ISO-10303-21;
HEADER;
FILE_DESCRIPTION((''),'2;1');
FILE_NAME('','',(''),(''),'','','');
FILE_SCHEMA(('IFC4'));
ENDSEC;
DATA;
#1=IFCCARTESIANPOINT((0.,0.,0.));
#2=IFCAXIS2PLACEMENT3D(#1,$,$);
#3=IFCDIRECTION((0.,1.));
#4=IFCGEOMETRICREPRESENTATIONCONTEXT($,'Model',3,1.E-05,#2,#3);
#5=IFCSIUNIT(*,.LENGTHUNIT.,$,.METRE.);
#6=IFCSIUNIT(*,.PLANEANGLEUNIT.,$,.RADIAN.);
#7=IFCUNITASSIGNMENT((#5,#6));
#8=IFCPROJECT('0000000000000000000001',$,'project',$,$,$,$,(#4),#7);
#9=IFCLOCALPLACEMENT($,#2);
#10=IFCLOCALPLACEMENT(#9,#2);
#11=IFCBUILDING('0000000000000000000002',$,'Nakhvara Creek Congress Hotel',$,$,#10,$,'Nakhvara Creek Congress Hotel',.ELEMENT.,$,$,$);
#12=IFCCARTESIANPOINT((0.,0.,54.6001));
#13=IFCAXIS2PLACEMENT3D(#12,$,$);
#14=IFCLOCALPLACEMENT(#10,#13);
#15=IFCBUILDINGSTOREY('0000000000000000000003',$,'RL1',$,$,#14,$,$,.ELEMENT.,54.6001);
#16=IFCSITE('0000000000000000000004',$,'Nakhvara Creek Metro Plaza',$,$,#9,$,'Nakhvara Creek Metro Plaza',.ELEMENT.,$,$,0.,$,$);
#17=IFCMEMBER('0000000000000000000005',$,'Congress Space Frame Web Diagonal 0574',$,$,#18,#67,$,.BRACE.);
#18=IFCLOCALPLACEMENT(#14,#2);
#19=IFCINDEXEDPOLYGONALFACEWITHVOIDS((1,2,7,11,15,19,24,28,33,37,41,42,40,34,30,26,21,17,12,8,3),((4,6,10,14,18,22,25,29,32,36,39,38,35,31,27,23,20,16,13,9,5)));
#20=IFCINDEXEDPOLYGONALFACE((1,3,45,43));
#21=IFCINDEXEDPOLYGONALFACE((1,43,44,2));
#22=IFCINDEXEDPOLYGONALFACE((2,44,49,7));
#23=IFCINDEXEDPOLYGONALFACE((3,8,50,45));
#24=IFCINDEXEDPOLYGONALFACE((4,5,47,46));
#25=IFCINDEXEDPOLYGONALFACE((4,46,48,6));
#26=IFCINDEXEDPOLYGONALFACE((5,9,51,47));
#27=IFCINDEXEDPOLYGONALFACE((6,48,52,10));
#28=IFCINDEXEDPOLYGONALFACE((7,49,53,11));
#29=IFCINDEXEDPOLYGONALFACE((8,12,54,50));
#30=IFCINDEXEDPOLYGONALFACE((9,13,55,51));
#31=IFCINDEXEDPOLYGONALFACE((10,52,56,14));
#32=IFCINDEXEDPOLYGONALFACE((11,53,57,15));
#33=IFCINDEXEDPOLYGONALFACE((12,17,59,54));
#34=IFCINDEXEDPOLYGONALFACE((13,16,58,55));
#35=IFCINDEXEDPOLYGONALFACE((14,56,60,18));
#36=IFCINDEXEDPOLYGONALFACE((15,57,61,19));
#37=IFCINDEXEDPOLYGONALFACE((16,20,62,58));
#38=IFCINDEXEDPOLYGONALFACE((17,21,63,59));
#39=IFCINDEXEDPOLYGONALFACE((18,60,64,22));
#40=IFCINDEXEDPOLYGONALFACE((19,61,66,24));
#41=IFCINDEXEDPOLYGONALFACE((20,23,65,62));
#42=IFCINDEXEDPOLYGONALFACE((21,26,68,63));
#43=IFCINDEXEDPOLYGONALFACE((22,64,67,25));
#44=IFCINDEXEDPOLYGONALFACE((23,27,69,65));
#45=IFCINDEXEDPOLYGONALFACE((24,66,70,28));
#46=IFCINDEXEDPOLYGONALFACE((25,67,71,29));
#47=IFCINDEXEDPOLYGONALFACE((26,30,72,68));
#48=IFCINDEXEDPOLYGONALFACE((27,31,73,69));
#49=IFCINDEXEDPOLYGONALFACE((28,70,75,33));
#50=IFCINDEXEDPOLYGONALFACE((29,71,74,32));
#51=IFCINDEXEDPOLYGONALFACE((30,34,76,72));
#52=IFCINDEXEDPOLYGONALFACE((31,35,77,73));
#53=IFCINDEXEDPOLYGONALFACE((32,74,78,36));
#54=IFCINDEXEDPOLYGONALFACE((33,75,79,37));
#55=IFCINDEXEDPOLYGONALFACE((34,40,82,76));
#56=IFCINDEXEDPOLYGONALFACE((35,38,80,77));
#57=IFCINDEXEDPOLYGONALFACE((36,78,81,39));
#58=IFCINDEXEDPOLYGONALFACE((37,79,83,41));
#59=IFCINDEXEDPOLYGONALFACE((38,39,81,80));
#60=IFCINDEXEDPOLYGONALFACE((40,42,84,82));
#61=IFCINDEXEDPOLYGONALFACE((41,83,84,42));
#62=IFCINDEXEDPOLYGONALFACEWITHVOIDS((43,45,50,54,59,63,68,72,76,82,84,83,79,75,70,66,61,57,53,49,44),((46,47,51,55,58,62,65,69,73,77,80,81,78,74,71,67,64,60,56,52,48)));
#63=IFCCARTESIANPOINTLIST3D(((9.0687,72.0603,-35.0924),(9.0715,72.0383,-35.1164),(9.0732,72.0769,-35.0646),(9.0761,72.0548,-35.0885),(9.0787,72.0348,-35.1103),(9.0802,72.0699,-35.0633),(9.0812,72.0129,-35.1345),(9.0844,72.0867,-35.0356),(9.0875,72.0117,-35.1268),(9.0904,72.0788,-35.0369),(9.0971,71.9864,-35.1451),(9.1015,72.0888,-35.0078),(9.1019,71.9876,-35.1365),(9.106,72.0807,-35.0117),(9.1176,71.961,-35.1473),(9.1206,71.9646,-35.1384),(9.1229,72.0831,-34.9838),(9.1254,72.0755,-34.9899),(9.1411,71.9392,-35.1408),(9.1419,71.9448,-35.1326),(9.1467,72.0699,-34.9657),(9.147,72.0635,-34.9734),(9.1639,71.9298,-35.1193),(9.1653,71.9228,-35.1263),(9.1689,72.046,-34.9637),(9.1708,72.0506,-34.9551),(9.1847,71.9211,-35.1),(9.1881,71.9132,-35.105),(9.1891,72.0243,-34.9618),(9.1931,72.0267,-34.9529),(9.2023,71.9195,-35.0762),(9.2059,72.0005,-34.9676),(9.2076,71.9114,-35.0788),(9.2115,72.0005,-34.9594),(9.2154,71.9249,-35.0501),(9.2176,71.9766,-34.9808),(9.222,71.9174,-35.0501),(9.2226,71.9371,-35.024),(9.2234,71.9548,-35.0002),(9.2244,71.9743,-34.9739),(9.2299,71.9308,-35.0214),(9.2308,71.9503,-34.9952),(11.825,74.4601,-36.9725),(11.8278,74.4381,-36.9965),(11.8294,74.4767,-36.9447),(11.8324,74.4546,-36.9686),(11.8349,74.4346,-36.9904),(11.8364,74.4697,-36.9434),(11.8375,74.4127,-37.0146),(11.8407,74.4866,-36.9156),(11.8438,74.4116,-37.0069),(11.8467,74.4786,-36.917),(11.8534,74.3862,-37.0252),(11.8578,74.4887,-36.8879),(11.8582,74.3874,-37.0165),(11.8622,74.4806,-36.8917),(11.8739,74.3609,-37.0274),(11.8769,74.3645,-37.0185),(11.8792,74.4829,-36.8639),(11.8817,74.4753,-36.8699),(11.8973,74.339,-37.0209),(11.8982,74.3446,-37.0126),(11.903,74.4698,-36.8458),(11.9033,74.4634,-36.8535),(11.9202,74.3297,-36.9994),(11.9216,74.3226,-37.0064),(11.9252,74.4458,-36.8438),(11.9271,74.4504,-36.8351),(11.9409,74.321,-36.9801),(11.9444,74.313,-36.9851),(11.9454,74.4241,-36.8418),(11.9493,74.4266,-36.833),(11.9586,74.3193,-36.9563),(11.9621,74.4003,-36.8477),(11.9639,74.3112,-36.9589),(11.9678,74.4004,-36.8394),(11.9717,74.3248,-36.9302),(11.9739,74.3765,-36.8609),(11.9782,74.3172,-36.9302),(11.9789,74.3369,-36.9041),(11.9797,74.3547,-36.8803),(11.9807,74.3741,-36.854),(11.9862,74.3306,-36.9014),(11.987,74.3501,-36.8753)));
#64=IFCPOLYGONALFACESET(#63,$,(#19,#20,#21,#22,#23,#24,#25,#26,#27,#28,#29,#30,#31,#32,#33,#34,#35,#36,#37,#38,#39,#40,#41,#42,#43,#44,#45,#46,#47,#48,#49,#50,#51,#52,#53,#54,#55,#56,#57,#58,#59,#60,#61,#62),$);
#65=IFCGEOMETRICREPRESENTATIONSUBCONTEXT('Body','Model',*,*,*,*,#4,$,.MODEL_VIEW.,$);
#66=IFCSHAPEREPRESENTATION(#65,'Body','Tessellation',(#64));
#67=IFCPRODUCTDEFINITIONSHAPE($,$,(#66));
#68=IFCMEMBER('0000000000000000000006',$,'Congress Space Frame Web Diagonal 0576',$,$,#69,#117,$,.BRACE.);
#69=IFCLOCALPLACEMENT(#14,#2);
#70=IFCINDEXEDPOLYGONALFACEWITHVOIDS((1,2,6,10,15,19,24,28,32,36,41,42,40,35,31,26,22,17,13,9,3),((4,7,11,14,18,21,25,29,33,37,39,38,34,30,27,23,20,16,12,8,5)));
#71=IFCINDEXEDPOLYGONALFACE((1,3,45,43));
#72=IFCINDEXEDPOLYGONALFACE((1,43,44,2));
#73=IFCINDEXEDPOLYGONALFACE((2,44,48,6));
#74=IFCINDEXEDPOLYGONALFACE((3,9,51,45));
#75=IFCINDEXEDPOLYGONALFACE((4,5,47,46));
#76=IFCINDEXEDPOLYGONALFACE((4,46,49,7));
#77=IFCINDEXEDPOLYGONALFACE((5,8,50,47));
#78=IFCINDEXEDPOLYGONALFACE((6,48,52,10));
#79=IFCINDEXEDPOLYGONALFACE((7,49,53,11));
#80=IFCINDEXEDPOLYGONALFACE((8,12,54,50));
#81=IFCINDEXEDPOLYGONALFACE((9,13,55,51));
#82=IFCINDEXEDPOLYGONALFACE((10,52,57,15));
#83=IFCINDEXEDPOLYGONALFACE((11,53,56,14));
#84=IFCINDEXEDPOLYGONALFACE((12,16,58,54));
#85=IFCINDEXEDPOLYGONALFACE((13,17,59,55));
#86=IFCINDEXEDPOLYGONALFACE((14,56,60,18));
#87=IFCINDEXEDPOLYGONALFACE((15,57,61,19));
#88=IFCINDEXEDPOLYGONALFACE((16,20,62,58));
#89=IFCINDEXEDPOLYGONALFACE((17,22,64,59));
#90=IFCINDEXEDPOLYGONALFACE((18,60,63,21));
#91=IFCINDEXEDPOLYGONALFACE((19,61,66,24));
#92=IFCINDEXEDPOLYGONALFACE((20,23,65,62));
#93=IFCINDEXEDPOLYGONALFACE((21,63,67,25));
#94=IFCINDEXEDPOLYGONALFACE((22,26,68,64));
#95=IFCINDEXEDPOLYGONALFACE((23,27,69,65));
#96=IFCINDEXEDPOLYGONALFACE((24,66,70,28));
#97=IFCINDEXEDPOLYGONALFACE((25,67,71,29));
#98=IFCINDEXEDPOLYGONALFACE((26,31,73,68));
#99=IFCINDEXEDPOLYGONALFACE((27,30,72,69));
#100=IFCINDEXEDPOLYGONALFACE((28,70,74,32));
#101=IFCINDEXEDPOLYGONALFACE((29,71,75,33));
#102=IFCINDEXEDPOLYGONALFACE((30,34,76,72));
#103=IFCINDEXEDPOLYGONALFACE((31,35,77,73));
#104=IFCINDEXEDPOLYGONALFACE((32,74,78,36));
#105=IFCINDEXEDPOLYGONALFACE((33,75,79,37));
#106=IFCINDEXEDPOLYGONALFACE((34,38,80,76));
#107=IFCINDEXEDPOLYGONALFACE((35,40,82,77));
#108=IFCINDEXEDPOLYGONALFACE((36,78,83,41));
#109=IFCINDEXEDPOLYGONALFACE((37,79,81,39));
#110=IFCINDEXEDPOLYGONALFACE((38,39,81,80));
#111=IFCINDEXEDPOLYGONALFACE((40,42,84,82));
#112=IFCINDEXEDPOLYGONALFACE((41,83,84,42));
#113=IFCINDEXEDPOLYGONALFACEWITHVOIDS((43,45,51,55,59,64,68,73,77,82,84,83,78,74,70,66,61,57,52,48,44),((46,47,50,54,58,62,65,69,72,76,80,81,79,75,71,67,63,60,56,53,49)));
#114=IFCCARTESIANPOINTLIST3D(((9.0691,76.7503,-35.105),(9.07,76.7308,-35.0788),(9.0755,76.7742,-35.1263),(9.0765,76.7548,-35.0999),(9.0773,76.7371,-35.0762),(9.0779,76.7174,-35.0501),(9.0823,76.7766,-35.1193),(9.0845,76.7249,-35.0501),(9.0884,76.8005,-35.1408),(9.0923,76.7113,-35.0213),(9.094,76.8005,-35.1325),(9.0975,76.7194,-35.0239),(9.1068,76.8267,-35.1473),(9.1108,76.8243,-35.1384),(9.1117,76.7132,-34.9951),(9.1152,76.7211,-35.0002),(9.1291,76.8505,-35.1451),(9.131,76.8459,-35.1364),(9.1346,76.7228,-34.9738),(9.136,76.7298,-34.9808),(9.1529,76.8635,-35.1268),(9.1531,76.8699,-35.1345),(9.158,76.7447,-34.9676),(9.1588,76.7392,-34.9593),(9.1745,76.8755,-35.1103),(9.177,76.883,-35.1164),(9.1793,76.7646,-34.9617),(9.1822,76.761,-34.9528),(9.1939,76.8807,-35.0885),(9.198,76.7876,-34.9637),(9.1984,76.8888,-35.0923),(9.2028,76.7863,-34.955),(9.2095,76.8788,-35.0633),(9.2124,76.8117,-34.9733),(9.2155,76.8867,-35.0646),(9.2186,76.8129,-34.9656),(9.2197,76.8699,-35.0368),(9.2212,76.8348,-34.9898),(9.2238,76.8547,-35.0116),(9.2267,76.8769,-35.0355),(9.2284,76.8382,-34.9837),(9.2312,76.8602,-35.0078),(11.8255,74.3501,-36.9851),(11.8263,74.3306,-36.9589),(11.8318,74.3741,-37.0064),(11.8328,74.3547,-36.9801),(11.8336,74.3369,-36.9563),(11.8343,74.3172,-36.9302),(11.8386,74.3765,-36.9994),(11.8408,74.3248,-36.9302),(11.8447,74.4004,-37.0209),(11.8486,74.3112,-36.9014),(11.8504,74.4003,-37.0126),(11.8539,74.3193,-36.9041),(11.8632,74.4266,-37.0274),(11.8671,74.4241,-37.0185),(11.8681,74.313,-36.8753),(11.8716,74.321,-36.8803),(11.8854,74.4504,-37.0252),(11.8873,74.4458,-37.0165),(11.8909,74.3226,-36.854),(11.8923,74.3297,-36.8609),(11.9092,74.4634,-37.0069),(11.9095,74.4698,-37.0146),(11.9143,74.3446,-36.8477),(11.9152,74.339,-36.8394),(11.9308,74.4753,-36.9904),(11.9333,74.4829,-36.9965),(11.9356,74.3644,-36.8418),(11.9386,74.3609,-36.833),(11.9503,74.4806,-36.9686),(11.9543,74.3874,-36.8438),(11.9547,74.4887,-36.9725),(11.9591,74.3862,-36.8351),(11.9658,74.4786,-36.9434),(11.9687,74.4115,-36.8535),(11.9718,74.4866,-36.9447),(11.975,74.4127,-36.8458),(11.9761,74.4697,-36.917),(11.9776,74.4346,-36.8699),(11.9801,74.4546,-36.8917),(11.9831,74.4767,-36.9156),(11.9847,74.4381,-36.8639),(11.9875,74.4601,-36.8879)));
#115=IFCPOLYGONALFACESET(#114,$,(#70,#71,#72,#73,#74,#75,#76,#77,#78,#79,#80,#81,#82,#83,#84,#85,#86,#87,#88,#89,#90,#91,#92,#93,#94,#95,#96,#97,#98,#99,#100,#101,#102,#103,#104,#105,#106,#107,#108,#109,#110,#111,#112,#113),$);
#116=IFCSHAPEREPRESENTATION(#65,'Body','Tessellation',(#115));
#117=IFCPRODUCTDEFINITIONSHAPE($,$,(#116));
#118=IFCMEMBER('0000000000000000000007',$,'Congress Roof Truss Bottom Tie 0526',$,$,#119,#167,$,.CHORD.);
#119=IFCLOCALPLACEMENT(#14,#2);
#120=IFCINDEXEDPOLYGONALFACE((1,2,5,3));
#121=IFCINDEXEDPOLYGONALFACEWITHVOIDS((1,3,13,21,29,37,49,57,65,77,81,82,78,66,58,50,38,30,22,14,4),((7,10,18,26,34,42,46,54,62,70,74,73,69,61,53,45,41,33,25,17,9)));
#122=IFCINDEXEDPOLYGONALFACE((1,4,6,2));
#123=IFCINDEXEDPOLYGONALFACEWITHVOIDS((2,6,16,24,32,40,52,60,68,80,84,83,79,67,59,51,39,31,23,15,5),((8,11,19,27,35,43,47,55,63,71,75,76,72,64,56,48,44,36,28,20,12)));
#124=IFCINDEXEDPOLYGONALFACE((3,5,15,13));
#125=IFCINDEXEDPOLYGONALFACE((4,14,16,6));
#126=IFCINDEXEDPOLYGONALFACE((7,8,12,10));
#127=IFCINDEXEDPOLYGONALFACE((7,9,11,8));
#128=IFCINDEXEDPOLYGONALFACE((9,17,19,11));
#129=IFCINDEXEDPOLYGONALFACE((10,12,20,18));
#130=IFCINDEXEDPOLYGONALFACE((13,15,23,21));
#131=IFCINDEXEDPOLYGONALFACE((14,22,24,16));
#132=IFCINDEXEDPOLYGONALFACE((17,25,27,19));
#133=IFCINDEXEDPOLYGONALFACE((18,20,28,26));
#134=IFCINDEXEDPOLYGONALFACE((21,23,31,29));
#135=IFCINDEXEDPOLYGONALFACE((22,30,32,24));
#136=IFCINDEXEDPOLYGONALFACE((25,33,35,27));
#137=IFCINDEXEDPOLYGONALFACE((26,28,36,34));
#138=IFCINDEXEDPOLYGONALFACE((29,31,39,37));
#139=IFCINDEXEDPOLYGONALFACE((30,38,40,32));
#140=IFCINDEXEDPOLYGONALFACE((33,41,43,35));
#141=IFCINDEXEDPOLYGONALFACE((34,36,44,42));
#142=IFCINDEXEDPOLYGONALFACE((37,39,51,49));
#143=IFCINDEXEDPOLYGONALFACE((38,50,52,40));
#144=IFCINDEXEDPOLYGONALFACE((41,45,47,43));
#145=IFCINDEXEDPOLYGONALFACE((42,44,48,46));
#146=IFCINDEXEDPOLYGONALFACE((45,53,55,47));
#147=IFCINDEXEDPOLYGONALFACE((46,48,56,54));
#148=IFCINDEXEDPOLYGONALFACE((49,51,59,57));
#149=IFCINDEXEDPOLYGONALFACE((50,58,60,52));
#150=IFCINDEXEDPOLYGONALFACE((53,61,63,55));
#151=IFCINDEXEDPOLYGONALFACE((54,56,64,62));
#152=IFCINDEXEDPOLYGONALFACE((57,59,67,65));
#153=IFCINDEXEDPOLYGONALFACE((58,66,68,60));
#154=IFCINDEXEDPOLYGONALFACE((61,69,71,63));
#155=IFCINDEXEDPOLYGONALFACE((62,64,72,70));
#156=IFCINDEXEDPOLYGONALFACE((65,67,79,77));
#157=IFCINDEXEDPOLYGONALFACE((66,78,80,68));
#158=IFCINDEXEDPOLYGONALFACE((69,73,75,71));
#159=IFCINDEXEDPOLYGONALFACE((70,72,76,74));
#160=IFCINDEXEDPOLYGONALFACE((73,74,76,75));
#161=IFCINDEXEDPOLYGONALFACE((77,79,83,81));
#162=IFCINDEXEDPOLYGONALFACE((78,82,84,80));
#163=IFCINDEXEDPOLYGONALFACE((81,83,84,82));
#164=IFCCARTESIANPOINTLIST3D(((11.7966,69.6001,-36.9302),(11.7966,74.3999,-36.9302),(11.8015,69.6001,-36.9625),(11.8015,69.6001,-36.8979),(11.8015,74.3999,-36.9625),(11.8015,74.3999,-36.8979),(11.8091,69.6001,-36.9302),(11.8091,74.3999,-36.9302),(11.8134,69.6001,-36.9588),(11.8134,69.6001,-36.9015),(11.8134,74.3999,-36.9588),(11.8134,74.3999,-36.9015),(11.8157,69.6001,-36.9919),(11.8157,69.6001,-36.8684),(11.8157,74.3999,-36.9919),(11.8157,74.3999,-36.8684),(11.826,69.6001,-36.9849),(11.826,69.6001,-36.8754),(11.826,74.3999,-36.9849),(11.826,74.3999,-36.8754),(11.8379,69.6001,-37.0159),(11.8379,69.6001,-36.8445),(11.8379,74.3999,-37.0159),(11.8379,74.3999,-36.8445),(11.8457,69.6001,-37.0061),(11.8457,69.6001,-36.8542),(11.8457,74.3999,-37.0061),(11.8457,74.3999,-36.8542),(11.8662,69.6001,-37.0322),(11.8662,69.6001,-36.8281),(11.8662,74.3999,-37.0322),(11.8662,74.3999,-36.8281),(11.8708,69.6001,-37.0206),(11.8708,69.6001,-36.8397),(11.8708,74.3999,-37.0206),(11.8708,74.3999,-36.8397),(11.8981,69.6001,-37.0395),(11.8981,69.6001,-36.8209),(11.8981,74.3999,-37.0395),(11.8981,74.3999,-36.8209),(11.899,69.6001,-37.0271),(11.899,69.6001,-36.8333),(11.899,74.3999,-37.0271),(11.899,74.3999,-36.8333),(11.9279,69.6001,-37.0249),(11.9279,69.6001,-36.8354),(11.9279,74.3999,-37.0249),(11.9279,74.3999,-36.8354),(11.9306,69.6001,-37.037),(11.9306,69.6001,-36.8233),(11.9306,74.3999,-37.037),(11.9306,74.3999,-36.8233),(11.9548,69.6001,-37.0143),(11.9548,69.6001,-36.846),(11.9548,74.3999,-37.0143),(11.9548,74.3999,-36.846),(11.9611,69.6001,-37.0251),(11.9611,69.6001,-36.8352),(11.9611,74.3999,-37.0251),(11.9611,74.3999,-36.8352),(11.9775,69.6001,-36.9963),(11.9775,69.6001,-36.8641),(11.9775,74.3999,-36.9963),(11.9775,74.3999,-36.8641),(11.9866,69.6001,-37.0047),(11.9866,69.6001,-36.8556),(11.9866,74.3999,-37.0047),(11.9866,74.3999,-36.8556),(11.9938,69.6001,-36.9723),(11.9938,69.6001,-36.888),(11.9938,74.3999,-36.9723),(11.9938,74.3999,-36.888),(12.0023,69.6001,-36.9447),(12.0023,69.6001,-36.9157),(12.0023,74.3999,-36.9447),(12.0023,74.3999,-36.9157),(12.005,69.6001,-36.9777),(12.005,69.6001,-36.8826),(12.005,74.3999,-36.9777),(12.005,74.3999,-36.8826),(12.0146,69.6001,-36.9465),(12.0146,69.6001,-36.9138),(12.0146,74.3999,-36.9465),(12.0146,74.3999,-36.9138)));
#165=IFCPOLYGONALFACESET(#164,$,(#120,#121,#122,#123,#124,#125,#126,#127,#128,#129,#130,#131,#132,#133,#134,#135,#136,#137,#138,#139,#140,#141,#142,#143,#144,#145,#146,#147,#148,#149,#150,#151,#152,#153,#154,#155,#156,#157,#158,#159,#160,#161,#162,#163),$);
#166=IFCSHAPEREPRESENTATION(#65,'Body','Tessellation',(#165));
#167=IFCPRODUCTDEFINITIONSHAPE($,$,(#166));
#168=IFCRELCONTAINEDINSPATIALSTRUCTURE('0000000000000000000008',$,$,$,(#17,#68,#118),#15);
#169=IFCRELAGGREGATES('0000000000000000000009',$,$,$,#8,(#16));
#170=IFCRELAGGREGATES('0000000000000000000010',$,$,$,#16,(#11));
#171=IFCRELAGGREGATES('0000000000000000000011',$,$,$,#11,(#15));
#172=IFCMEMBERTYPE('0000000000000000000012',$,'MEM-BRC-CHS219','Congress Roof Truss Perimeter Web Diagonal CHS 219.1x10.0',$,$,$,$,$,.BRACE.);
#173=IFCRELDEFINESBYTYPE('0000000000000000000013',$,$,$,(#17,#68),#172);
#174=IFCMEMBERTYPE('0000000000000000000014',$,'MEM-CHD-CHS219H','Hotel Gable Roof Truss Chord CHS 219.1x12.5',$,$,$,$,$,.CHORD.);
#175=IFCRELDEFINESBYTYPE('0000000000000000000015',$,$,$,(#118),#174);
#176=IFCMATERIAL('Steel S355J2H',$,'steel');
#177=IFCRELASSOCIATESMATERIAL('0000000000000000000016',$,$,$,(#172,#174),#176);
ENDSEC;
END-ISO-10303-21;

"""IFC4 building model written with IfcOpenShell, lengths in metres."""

from ifc_helpers import new_model, si_unit, direction, frame, origin, origin_2d, place, context, subcontext, project, spatial, hollow_circle, extrude, material, material_profile, profile_set, type_object, element, save


model = new_model("IFC4")

# Units and contexts
model_context = context("Model", 3, precision=1e-05, world=origin(), true_north=direction((0.0, 1.0)))
body_context = subcontext(model_context, "Body", "Model", "MODEL_VIEW")
ifc_project = project(units=[si_unit("LENGTHUNIT", "METRE"), si_unit("PLANEANGLEUNIT", "RADIAN")], contexts=[model_context])

# Site, building, storey
site_placement = place(None, origin())
site = spatial("IfcSite", under=ifc_project, at=site_placement, Name="Nakhvara Creek Metro Plaza", LongName="Nakhvara Creek Metro Plaza", CompositionType="ELEMENT", RefElevation=0.0)
building_placement = place(site_placement, origin())
building = spatial("IfcBuilding", under=site, at=building_placement, Name="Nakhvara Creek Congress Hotel", LongName="Nakhvara Creek Congress Hotel", CompositionType="ELEMENT")
storey_placement = place(building_placement, frame((0.0, 0.0, 54.6001)))
storey = spatial("IfcBuildingStorey", under=building, at=storey_placement, Name="RL1", CompositionType="ELEMENT", Elevation=54.6001)

# Members
ifc_material_1 = material(Name="Steel S355J2H", Category="steel")
ifc_material_profile_1 = material_profile(ifc_material_1, hollow_circle(Radius=0.1096, WallThickness=0.01, at=origin_2d()), Name="CHS 219.1x10.0", Category="LoadBearing")
ifc_profile_set_1 = profile_set([ifc_material_profile_1], Name="Steel S355J2H")
member_type_1 = type_object("IfcMemberType", Name="MEM-BRC-CHS219", Description="Congress Roof Truss Perimeter Web Diagonal CHS 219.1x10.0", PredefinedType="BRACE", material=ifc_profile_set_1)
for number, where, z_axis, x_axis, name in (
    (1, (11.9062, 74.3999, -36.9302), (-0.670649, -0.583922, 0.457455), (0.656658, -0.754188, 0.0), "Congress Space Frame Web Diagonal 0574"),
):
    element("IfcMember", number, at=place(storey_placement, frame(where, z_axis=z_axis, x_axis=x_axis)), inside=storey, type_object=member_type_1, Name=name, PredefinedType="BRACE", context=body_context, shape_type="SweptSolid", body=[
        extrude(hollow_circle(Radius=0.1096, WallThickness=0.01, at=origin_2d()), origin(), (0.0, 0.0, 1.0), 4.1099),
    ])
member_1_placement = place(storey_placement, frame((11.9062, 74.3999, -36.9302), z_axis=(-0.670626, 0.583961, 0.457439), x_axis=(-0.656696, -0.754155, 0.0)))
element("IfcMember", 2, at=member_1_placement, inside=storey, type_object=member_type_1, Name="Congress Space Frame Web Diagonal 0576", PredefinedType="BRACE", context=body_context, shape_type="SweptSolid", body=[
    extrude(hollow_circle(Radius=0.1096, WallThickness=0.01, at=origin_2d()), origin(), (0.0, 0.0, 1.0), 4.1101),
])
ifc_material_profile_2 = material_profile(ifc_material_1, hollow_circle(Radius=0.1096, WallThickness=0.0125, at=origin_2d()), Name="CHS 219.1x12.5", Category="LoadBearing")
ifc_profile_set_2 = profile_set([ifc_material_profile_2], Name="Steel S355J2H")
member_type_2 = type_object("IfcMemberType", Name="MEM-CHD-CHS219H", Description="Hotel Gable Roof Truss Chord CHS 219.1x12.5", PredefinedType="CHORD", material=ifc_profile_set_2)
member_2_placement = place(storey_placement, frame((11.9062, 69.6001, -36.9302), z_axis=(0.0, 1.0, 0.0), x_axis=(-1.0, 0.0, 0.0)))
element("IfcMember", 3, at=member_2_placement, inside=storey, type_object=member_type_2, Name="Congress Roof Truss Bottom Tie 0526", PredefinedType="CHORD", context=body_context, shape_type="SweptSolid", body=[
    extrude(hollow_circle(Radius=0.1096, WallThickness=0.0125, at=origin_2d()), origin(), (0.0, 0.0, 1.0), 4.7998),
])

save(model, "model.ifc")
